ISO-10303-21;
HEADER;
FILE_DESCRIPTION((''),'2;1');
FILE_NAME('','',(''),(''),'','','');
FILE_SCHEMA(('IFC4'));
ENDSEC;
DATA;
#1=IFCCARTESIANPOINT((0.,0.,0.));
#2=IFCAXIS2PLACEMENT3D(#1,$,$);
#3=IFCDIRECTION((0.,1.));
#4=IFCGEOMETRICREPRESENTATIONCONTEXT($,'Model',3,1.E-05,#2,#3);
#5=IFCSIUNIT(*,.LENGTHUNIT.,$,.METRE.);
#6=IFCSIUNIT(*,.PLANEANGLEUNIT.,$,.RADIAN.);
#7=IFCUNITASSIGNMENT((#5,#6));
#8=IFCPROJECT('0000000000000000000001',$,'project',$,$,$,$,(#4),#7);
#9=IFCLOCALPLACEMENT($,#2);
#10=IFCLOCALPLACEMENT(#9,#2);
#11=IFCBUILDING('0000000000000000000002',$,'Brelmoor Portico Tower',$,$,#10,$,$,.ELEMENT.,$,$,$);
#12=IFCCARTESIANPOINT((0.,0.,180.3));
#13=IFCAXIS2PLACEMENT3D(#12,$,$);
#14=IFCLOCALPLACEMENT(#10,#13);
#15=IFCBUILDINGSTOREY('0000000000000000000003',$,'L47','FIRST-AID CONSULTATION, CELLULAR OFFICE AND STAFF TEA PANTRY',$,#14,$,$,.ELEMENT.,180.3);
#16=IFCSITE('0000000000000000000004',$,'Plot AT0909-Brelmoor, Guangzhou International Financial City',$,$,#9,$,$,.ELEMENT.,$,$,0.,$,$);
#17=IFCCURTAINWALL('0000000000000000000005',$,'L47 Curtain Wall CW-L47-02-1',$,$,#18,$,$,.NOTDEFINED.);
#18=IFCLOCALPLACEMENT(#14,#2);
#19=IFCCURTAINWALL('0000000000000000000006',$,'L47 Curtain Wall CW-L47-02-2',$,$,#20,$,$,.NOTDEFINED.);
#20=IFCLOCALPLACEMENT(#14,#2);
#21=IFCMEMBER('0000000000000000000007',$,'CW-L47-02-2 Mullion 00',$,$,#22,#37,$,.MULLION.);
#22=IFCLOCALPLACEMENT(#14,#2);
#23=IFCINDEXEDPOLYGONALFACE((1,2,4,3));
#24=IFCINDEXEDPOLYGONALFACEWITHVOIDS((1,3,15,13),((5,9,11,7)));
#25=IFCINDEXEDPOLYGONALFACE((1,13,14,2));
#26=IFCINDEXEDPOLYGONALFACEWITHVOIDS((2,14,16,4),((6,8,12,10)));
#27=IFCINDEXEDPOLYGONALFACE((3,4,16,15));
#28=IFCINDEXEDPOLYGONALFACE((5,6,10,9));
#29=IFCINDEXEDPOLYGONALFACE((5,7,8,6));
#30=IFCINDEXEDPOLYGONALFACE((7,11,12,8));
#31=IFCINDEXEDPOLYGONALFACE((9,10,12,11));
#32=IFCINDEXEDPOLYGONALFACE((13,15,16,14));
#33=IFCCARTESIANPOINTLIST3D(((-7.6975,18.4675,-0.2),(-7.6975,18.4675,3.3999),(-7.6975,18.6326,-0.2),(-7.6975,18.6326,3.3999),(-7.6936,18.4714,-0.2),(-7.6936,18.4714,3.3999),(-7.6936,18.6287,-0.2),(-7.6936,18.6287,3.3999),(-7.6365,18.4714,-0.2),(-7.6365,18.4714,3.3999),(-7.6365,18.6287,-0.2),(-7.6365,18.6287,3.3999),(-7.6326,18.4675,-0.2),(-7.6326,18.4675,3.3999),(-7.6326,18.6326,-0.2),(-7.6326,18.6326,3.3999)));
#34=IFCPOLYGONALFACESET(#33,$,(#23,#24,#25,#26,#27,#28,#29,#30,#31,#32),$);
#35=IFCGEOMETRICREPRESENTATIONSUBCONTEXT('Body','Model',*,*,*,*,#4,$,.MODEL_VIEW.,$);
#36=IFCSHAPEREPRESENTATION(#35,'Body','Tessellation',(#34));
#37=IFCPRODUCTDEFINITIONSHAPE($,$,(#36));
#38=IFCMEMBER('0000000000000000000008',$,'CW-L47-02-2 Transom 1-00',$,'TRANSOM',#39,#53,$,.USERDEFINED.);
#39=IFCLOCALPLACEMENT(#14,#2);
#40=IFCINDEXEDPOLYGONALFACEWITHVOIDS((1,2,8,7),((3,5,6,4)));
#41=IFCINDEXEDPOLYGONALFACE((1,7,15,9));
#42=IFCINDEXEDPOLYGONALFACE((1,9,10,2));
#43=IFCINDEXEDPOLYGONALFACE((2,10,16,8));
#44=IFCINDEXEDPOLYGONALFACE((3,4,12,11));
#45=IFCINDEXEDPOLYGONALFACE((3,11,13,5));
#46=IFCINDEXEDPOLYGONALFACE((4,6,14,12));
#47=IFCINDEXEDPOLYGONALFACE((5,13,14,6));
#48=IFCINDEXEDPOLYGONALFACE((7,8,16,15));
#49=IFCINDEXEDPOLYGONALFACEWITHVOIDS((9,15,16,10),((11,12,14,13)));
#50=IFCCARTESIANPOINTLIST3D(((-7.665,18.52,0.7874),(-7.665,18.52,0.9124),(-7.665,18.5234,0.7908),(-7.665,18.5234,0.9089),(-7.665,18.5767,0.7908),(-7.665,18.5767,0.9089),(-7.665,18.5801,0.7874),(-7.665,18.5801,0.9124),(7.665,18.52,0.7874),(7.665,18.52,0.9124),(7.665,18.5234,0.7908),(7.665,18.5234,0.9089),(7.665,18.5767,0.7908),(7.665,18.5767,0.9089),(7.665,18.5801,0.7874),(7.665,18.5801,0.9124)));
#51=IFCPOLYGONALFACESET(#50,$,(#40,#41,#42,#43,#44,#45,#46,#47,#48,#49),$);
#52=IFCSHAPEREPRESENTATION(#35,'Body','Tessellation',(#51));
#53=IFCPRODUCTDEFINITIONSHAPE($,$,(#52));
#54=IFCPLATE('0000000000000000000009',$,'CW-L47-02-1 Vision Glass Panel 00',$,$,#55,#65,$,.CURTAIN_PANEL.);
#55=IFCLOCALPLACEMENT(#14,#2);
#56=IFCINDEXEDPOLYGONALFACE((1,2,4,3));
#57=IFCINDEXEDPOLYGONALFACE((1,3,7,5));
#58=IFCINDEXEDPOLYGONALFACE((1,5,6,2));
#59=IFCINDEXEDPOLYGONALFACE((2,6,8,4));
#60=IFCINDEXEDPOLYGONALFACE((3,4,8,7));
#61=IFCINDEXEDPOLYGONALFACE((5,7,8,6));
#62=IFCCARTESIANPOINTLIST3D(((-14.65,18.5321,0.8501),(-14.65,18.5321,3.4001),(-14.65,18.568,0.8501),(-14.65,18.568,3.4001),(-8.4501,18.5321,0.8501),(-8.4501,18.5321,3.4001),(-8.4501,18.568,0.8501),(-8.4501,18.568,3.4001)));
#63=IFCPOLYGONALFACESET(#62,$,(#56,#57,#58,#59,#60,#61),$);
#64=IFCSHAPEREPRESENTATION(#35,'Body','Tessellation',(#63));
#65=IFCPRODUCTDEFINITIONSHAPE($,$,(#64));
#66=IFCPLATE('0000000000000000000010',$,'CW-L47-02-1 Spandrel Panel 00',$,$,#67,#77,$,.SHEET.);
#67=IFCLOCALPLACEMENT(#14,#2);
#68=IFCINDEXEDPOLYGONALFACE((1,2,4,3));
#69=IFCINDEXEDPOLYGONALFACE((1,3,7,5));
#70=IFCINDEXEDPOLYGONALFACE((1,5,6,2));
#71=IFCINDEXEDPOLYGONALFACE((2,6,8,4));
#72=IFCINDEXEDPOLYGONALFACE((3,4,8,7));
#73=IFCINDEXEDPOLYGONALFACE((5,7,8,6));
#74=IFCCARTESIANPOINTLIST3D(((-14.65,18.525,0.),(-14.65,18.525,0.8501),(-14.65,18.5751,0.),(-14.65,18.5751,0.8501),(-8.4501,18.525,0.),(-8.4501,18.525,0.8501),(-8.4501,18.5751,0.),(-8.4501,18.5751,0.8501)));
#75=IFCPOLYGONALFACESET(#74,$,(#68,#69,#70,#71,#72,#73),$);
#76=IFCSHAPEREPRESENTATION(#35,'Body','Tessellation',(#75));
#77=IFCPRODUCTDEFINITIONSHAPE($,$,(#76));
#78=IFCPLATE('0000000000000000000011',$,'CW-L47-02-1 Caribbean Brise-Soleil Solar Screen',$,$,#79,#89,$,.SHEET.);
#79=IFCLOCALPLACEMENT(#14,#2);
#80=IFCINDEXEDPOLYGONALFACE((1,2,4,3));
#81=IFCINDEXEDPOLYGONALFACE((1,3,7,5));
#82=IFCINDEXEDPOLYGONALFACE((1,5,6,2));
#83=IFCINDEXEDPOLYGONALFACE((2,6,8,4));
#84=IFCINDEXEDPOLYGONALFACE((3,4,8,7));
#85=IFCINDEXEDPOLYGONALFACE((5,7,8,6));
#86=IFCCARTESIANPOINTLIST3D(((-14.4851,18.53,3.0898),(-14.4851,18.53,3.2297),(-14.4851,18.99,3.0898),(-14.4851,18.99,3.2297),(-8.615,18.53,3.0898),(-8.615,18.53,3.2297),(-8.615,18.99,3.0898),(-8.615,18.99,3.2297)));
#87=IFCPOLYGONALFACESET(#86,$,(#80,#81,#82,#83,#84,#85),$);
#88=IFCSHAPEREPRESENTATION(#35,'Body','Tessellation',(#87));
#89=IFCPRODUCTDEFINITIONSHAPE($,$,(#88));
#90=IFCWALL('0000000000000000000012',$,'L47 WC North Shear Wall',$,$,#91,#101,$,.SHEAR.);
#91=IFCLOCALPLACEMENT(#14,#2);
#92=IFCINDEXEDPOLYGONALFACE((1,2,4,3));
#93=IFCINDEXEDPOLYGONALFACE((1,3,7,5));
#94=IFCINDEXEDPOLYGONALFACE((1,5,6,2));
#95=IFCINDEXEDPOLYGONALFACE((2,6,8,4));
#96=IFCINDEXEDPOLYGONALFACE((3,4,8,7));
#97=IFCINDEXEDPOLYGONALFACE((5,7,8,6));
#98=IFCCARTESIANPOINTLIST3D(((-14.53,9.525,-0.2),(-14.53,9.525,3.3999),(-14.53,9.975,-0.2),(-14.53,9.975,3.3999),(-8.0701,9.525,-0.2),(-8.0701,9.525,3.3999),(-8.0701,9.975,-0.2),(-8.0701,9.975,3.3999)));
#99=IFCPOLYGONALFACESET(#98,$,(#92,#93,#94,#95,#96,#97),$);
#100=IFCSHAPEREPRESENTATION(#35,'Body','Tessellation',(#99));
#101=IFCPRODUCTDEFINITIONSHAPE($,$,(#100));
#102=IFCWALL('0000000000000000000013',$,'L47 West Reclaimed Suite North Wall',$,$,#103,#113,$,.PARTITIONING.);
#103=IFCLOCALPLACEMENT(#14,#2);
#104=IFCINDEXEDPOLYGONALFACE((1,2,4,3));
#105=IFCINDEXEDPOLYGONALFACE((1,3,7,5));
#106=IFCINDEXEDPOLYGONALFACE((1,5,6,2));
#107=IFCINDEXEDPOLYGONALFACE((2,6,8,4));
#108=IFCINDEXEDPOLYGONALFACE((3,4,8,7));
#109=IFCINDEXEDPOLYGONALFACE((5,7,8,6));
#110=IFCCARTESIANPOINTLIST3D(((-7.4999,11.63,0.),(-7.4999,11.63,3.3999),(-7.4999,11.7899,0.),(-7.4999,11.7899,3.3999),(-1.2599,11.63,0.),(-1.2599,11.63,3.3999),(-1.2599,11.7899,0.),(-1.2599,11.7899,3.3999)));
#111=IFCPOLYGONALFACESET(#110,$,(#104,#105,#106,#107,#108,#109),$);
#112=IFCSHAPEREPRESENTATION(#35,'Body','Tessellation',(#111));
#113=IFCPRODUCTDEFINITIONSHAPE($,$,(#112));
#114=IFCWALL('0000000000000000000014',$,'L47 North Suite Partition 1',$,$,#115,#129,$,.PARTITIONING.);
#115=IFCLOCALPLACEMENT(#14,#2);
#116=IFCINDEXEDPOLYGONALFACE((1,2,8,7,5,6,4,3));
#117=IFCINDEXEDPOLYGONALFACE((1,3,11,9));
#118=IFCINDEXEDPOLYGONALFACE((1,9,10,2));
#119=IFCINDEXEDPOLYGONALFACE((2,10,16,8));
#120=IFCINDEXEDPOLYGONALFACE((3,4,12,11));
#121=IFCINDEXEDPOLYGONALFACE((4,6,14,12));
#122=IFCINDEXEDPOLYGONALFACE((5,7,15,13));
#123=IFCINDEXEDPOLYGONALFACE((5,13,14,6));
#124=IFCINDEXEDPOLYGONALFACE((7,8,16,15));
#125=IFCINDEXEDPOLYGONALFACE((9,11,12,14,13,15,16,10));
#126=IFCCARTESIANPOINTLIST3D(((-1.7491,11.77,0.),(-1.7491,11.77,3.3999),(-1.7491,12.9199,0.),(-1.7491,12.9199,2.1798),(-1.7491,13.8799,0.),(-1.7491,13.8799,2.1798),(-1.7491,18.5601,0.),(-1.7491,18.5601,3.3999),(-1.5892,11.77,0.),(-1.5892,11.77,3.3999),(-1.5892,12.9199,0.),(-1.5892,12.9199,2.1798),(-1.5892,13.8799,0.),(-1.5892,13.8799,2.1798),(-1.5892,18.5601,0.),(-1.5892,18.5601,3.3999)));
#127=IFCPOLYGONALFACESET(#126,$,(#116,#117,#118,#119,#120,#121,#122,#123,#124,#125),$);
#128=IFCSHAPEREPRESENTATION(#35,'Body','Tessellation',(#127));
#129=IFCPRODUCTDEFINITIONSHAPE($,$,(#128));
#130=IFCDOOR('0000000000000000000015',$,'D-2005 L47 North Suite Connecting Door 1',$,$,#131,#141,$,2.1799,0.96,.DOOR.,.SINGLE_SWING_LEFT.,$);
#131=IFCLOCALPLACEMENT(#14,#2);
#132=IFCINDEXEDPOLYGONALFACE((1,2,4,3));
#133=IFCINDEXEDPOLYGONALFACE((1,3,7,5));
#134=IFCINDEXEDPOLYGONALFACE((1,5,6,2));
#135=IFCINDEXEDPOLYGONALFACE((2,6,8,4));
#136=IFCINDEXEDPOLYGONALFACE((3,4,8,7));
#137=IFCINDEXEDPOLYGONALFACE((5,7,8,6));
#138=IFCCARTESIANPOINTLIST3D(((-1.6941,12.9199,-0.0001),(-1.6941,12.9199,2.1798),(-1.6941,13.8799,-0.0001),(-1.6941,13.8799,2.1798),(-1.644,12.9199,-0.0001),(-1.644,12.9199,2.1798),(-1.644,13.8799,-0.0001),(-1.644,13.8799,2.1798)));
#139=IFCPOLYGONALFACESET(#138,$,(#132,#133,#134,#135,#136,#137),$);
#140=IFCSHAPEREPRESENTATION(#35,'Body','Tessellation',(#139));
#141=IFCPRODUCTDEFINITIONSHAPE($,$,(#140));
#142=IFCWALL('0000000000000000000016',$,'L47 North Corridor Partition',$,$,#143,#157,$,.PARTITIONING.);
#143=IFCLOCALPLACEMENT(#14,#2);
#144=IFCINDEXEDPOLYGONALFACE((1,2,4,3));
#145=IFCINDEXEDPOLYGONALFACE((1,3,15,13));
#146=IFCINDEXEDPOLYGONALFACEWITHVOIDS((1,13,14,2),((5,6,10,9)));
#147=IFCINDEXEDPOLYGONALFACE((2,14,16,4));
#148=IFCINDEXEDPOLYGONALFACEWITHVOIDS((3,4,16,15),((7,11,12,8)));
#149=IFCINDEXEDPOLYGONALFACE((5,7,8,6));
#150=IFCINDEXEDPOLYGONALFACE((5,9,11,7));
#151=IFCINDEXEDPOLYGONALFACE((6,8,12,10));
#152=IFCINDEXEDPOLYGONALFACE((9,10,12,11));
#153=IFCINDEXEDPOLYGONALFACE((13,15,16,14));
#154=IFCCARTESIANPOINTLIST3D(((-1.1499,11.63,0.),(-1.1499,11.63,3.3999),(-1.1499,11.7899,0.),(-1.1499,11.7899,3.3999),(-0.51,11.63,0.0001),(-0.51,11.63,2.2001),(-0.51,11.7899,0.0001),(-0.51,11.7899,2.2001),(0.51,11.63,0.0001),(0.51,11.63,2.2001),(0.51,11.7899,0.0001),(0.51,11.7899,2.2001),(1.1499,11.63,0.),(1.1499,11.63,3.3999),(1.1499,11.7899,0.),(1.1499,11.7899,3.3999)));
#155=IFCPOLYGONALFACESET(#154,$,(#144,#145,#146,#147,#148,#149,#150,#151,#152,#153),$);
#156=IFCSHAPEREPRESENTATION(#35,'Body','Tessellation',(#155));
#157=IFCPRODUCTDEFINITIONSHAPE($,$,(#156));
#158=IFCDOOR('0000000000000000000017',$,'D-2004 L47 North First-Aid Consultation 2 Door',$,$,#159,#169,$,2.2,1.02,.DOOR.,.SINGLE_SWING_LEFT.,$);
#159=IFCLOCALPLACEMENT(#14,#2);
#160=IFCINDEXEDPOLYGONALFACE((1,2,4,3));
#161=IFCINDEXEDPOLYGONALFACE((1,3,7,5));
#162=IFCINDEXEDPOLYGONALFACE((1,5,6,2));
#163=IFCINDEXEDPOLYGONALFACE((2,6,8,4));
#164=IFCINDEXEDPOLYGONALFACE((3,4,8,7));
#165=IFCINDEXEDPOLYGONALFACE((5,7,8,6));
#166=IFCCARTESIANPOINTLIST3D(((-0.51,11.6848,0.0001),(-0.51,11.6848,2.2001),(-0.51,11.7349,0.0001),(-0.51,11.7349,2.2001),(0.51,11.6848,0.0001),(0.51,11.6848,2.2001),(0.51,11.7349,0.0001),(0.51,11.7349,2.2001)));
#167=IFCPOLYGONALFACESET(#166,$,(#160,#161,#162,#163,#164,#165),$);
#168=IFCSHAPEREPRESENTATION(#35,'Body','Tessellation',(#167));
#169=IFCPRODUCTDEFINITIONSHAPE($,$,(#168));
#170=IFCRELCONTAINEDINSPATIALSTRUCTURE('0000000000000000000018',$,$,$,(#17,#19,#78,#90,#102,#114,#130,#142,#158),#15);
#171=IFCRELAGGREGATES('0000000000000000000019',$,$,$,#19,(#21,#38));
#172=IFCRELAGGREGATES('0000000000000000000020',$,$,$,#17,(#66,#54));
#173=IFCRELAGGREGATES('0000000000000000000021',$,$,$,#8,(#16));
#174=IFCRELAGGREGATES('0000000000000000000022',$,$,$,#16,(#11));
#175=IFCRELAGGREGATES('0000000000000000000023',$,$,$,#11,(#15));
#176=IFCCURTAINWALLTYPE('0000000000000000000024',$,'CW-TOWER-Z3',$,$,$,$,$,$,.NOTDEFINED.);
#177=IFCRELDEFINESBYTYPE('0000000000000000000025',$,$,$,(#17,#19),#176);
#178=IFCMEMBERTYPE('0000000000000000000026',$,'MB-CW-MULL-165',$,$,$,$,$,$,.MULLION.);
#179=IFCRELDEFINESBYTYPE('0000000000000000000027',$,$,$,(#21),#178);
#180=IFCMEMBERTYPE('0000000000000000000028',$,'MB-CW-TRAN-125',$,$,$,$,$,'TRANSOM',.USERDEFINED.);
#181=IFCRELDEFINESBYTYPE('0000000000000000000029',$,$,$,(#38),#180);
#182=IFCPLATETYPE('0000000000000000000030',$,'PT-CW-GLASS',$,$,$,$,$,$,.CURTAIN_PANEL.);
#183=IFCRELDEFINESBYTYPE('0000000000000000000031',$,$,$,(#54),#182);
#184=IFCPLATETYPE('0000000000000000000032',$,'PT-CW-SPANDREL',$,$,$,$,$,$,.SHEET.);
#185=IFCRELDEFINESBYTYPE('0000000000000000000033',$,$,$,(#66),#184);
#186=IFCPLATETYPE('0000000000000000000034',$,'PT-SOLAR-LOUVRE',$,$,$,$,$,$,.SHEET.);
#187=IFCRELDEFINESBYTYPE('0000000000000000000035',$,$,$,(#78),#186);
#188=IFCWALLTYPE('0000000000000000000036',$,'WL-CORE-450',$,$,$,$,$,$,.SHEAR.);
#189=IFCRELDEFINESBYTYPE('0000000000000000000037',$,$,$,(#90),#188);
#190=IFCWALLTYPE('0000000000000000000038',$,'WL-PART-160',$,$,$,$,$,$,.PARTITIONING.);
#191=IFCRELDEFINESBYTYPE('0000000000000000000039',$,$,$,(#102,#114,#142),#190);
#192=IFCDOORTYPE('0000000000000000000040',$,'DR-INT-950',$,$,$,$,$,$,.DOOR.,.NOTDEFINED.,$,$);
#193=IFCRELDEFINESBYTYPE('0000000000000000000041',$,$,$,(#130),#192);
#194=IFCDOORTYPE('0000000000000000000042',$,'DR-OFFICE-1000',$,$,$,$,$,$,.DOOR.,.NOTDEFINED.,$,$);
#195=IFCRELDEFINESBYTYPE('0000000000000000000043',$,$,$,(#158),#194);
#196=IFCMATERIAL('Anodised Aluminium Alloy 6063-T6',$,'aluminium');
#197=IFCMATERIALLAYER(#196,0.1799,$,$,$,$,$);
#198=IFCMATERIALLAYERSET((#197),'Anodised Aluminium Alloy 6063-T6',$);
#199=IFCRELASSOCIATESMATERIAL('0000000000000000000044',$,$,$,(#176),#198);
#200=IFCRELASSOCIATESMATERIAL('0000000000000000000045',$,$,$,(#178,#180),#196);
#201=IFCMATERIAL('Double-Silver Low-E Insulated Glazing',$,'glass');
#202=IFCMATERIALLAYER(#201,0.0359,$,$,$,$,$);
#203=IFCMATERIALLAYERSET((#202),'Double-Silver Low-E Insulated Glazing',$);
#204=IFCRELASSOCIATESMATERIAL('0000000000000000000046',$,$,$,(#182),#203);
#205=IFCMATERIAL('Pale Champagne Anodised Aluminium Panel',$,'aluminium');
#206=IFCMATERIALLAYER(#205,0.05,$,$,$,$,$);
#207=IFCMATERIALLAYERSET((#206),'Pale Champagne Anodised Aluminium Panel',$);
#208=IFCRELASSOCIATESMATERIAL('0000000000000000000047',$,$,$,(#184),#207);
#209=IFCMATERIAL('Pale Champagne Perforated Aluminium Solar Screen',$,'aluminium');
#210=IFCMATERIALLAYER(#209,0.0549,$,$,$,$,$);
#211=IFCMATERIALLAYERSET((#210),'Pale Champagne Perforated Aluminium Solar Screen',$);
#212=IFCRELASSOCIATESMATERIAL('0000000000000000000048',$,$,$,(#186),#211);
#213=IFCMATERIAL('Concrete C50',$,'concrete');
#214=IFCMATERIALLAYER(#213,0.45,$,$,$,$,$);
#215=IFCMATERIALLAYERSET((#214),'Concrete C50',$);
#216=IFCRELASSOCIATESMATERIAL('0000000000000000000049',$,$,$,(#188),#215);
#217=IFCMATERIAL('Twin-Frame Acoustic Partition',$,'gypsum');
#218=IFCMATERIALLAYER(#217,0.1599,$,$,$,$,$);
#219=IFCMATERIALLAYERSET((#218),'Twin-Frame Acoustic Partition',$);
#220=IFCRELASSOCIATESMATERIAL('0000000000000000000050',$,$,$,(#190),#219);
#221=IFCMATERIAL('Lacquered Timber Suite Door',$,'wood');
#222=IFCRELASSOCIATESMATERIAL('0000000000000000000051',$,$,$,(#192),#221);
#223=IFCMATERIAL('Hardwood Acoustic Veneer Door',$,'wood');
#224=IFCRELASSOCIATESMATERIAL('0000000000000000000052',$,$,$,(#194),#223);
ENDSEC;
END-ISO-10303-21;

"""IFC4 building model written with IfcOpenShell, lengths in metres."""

from ifc_helpers import new_model, si_unit, direction, frame, frame_2d, origin, origin_2d, place, context, subcontext, project, spatial, rectangle, hollow_rectangle, extrude, material, layer, layer_set, material_profile, profile_set, type_object, element, fill, aggregate, save


model = new_model("IFC4")

# Units and contexts
model_context = context("Model", 3, precision=1e-05, world=origin(), true_north=direction((0.0, 1.0)))
body_context = subcontext(model_context, "Body", "Model", "MODEL_VIEW")
ifc_project = project(units=[si_unit("LENGTHUNIT", "METRE"), si_unit("PLANEANGLEUNIT", "RADIAN")], contexts=[model_context])

# Site, building, storey
site_placement = place(None, origin())
site = spatial("IfcSite", under=ifc_project, at=site_placement, Name="Plot AT0909-Brelmoor, Guangzhou International Financial City", CompositionType="ELEMENT", RefElevation=0.0)
building_placement = place(site_placement, origin())
building = spatial("IfcBuilding", under=site, at=building_placement, Name="Brelmoor Portico Tower", CompositionType="ELEMENT")
storey_placement = place(building_placement, frame((0.0, 0.0, 180.3)))
storey = spatial("IfcBuildingStorey", under=building, at=storey_placement, Name="L47", Description="FIRST-AID CONSULTATION, CELLULAR OFFICE AND STAFF TEA PANTRY", CompositionType="ELEMENT", Elevation=180.3)

# Curtain wall
ifc_material_1 = material(Name="Anodised Aluminium Alloy 6063-T6", Category="aluminium")
ifc_layer_1 = layer(ifc_material_1, 0.1799)
ifc_layer_set_1 = layer_set([ifc_layer_1], Name="Anodised Aluminium Alloy 6063-T6")
curtain_wall_type = type_object("IfcCurtainWallType", Name="CW-TOWER-Z3", PredefinedType="NOTDEFINED", material=ifc_layer_set_1)
curtain_wall_1_placement = place(storey_placement, origin())
curtain_wall_1 = element("IfcCurtainWall", 1, at=curtain_wall_1_placement, inside=storey, type_object=curtain_wall_type, Name="L47 Curtain Wall CW-L47-02-1", PredefinedType="NOTDEFINED")
ifc_material_profile_1 = material_profile(ifc_material_1, hollow_rectangle(XDim=0.0649, YDim=0.165, WallThickness=0.0039, at=origin_2d()), Name="ALU MULLION 65x165")
ifc_profile_set_1 = profile_set([ifc_material_profile_1], Name="Anodised Aluminium Alloy 6063-T6")
member_type_1 = type_object("IfcMemberType", Name="MB-CW-MULL-165", PredefinedType="MULLION", material=ifc_profile_set_1)

# Curtain wall, members
curtain_wall_2_placement = place(storey_placement, origin())
curtain_wall_2 = element("IfcCurtainWall", 2, at=curtain_wall_2_placement, inside=storey, type_object=curtain_wall_type, Name="L47 Curtain Wall CW-L47-02-2", PredefinedType="NOTDEFINED")
member_1_placement = place(storey_placement, frame((-7.665, 18.55, -0.2), z_axis=(0.0, 0.0, 1.0), x_axis=(1.0, 0.0, 0.0)))
member_1 = element("IfcMember", 3, at=member_1_placement, type_object=member_type_1, Name="CW-L47-02-2 Mullion 00", PredefinedType="MULLION", context=body_context, shape_type="SweptSolid", body=[
    extrude(hollow_rectangle(XDim=0.0649, YDim=0.165, WallThickness=0.0039, at=origin_2d()), origin(), (0.0, 0.0, 1.0), 3.5999),
])
ifc_material_profile_2 = material_profile(ifc_material_1, hollow_rectangle(XDim=0.0601, YDim=0.125, WallThickness=0.0034, at=origin_2d()), Name="ALU TRANSOM 60x125")
ifc_profile_set_2 = profile_set([ifc_material_profile_2], Name="Anodised Aluminium Alloy 6063-T6")
member_type_2 = type_object("IfcMemberType", Name="MB-CW-TRAN-125", ElementType="TRANSOM", PredefinedType="USERDEFINED", material=ifc_profile_set_2)
member_2_placement = place(storey_placement, frame((-7.665, 18.55, 0.8499), z_axis=(1.0, 0.0, 0.0), x_axis=(0.0, 1.0, 0.0)))
member_2 = element("IfcMember", 4, at=member_2_placement, type_object=member_type_2, Name="CW-L47-02-2 Transom 1-00", ObjectType="TRANSOM", PredefinedType="USERDEFINED", context=body_context, shape_type="SweptSolid", body=[
    extrude(hollow_rectangle(XDim=0.0601, YDim=0.125, WallThickness=0.0034, at=origin_2d()), origin(), (0.0, 0.0, 1.0), 15.3301),
])
aggregate(curtain_wall_2, [member_1, member_2])

# Plates
ifc_material_2 = material(Name="Double-Silver Low-E Insulated Glazing", Category="glass")
ifc_layer_2 = layer(ifc_material_2, 0.0359)
ifc_layer_set_2 = layer_set([ifc_layer_2], Name="Double-Silver Low-E Insulated Glazing")
plate_type_1 = type_object("IfcPlateType", Name="PT-CW-GLASS", PredefinedType="CURTAIN_PANEL", material=ifc_layer_set_2)
plate_1_placement = place(storey_placement, frame((-11.55, 18.55, 0.8501), z_axis=(0.0, 0.0, 1.0), x_axis=(1.0, 0.0, 0.0)))
plate_1 = element("IfcPlate", 5, at=plate_1_placement, type_object=plate_type_1, Name="CW-L47-02-1 Vision Glass Panel 00", PredefinedType="CURTAIN_PANEL", context=body_context, shape_type="SweptSolid", body=[
    extrude(rectangle(XDim=6.2, YDim=0.0359, at=origin_2d()), origin(), (0.0, 0.0, 1.0), 2.55),
])
ifc_material_3 = material(Name="Pale Champagne Anodised Aluminium Panel", Category="aluminium")
ifc_layer_3 = layer(ifc_material_3, 0.05)
ifc_layer_set_3 = layer_set([ifc_layer_3], Name="Pale Champagne Anodised Aluminium Panel")
plate_type_2 = type_object("IfcPlateType", Name="PT-CW-SPANDREL", PredefinedType="SHEET", material=ifc_layer_set_3)
plate_2_placement = place(storey_placement, frame((-11.55, 18.55, 0.0), z_axis=(0.0, 0.0, 1.0), x_axis=(1.0, 0.0, 0.0)))
plate_2 = element("IfcPlate", 6, at=plate_2_placement, type_object=plate_type_2, Name="CW-L47-02-1 Spandrel Panel 00", PredefinedType="SHEET", context=body_context, shape_type="SweptSolid", body=[
    extrude(rectangle(XDim=6.2, YDim=0.05, at=origin_2d()), origin(), (0.0, 0.0, 1.0), 0.8501),
])
aggregate(curtain_wall_1, [plate_2, plate_1])
ifc_material_4 = material(Name="Pale Champagne Perforated Aluminium Solar Screen", Category="aluminium")
ifc_layer_4 = layer(ifc_material_4, 0.0549)
ifc_layer_set_4 = layer_set([ifc_layer_4], Name="Pale Champagne Perforated Aluminium Solar Screen")
plate_type_3 = type_object("IfcPlateType", Name="PT-SOLAR-LOUVRE", PredefinedType="SHEET", material=ifc_layer_set_4)
plate_3_placement = place(storey_placement, frame((-11.55, 18.76, 3.0898), z_axis=(0.0, 0.0, 1.0), x_axis=(1.0, 0.0, 0.0)))
element("IfcPlate", 7, at=plate_3_placement, inside=storey, type_object=plate_type_3, Name="CW-L47-02-1 Caribbean Brise-Soleil Solar Screen", PredefinedType="SHEET", context=body_context, shape_type="SweptSolid", body=[
    extrude(rectangle(XDim=5.8701, YDim=0.46, at=origin_2d()), origin(), (0.0, 0.0, 1.0), 0.1399),
])

# Walls
ifc_material_5 = material(Name="Concrete C50", Category="concrete")
ifc_layer_5 = layer(ifc_material_5, 0.45)
ifc_layer_set_5 = layer_set([ifc_layer_5], Name="Concrete C50")
wall_type_1 = type_object("IfcWallType", Name="WL-CORE-450", PredefinedType="SHEAR", material=ifc_layer_set_5)
wall_1_placement = place(storey_placement, frame((-14.53, 9.75, -0.2), z_axis=(0.0, 0.0, 1.0), x_axis=(1.0, 0.0, 0.0)))
element("IfcWall", 8, at=wall_1_placement, inside=storey, type_object=wall_type_1, Name="L47 WC North Shear Wall", PredefinedType="SHEAR", context=body_context, shape_type="SweptSolid", body=[
    extrude(rectangle(XDim=6.46, YDim=0.45, at=frame_2d((3.23, 0.0))), origin(), (0.0, 0.0, 1.0), 3.5999),
])
ifc_material_6 = material(Name="Twin-Frame Acoustic Partition", Category="gypsum")
ifc_layer_6 = layer(ifc_material_6, 0.1599)
ifc_layer_set_6 = layer_set([ifc_layer_6], Name="Twin-Frame Acoustic Partition")
wall_type_2 = type_object("IfcWallType", Name="WL-PART-160", PredefinedType="PARTITIONING", material=ifc_layer_set_6)
wall_2_placement = place(storey_placement, frame((-7.5, 11.71, 0.0), z_axis=(0.0, 0.0, 1.0), x_axis=(1.0, 0.0, 0.0)))
element("IfcWall", 9, at=wall_2_placement, inside=storey, type_object=wall_type_2, Name="L47 West Reclaimed Suite North Wall", PredefinedType="PARTITIONING", context=body_context, shape_type="SweptSolid", body=[
    extrude(rectangle(XDim=6.24, YDim=0.1599, at=frame_2d((3.1201, 0.0))), origin(), (0.0, 0.0, 1.0), 3.3999),
])

# Walls, openings, doors
wall_3_placement = place(storey_placement, frame((-1.6692, 11.77, 0.0), z_axis=(0.0, 0.0, 1.0), x_axis=(0.0, 1.0, 0.0)))
wall_3 = element("IfcWall", 10, at=wall_3_placement, inside=storey, type_object=wall_type_2, Name="L47 North Suite Partition 1", PredefinedType="PARTITIONING", context=body_context, shape_type="SweptSolid", body=[
    extrude(rectangle(XDim=6.79, YDim=0.1599, at=frame_2d((3.395, 0.0))), origin(), (0.0, 0.0, 1.0), 3.3999),
])
opening_1_placement = place(wall_3_placement, frame((1.1499, 0.0, 0.0)))
opening_1 = element("IfcOpeningElement", 11, at=opening_1_placement, cuts=wall_3, PredefinedType="OPENING", context=body_context, shape_type="SweptSolid", body=[
    extrude(rectangle(XDim=0.96, YDim=2.1799, at=frame_2d((0.48, 1.0898))), frame((0.0, 0.0898, 0.0), z_axis=(0.0, -1.0, 0.0), x_axis=(1.0, 0.0, 0.0)), (0.0, 0.0, 1.0), 0.1799),
])
ifc_material_7 = material(Name="Lacquered Timber Suite Door", Category="wood")
door_type_1 = type_object("IfcDoorType", Name="DR-INT-950", OperationType="NOTDEFINED", PredefinedType="DOOR", material=ifc_material_7)
door_1_placement = place(opening_1_placement, origin())
door_1 = element("IfcDoor", 12, at=door_1_placement, inside=storey, type_object=door_type_1, Name="D-2005 L47 North Suite Connecting Door 1", OperationType="SINGLE_SWING_LEFT", OverallHeight=2.1799, OverallWidth=0.96, PredefinedType="DOOR", context=body_context, shape_type="SweptSolid", body=[
    extrude(rectangle(XDim=0.96, YDim=2.1799, at=frame_2d((0.48, 1.0898))), frame((0.0, 0.0249, 0.0), z_axis=(0.0, -1.0, 0.0), x_axis=(1.0, 0.0, 0.0)), (0.0, 0.0, 1.0), 0.05),
])
fill(opening_1, door_1)
wall_4_placement = place(storey_placement, frame((-1.1499, 11.71, 0.0), z_axis=(0.0, 0.0, 1.0), x_axis=(1.0, 0.0, 0.0)))
wall_4 = element("IfcWall", 13, at=wall_4_placement, inside=storey, type_object=wall_type_2, Name="L47 North Corridor Partition", PredefinedType="PARTITIONING", context=body_context, shape_type="SweptSolid", body=[
    extrude(rectangle(XDim=2.2998, YDim=0.1599, at=frame_2d((1.1499, 0.0))), origin(), (0.0, 0.0, 1.0), 3.3999),
])
opening_2_placement = place(wall_4_placement, frame((0.6399, 0.0, 0.0)))
opening_2 = element("IfcOpeningElement", 14, at=opening_2_placement, cuts=wall_4, PredefinedType="OPENING", context=body_context, shape_type="SweptSolid", body=[
    extrude(rectangle(XDim=1.02, YDim=2.2, at=frame_2d((0.51, 1.1001))), frame((0.0, 0.0898, 0.0), z_axis=(0.0, -1.0, 0.0), x_axis=(1.0, 0.0, 0.0)), (0.0, 0.0, 1.0), 0.1799),
])
ifc_material_8 = material(Name="Hardwood Acoustic Veneer Door", Category="wood")
door_type_2 = type_object("IfcDoorType", Name="DR-OFFICE-1000", OperationType="NOTDEFINED", PredefinedType="DOOR", material=ifc_material_8)
door_2_placement = place(opening_2_placement, origin())
door_2 = element("IfcDoor", 15, at=door_2_placement, inside=storey, type_object=door_type_2, Name="D-2004 L47 North First-Aid Consultation 2 Door", OperationType="SINGLE_SWING_LEFT", OverallHeight=2.2, OverallWidth=1.02, PredefinedType="DOOR", context=body_context, shape_type="SweptSolid", body=[
    extrude(rectangle(XDim=1.02, YDim=2.2, at=frame_2d((0.51, 1.1001))), frame((0.0, 0.0249, 0.0), z_axis=(0.0, -1.0, 0.0), x_axis=(1.0, 0.0, 0.0)), (0.0, 0.0, 1.0), 0.05),
])
fill(opening_2, door_2)

save(model, "model.ifc")
